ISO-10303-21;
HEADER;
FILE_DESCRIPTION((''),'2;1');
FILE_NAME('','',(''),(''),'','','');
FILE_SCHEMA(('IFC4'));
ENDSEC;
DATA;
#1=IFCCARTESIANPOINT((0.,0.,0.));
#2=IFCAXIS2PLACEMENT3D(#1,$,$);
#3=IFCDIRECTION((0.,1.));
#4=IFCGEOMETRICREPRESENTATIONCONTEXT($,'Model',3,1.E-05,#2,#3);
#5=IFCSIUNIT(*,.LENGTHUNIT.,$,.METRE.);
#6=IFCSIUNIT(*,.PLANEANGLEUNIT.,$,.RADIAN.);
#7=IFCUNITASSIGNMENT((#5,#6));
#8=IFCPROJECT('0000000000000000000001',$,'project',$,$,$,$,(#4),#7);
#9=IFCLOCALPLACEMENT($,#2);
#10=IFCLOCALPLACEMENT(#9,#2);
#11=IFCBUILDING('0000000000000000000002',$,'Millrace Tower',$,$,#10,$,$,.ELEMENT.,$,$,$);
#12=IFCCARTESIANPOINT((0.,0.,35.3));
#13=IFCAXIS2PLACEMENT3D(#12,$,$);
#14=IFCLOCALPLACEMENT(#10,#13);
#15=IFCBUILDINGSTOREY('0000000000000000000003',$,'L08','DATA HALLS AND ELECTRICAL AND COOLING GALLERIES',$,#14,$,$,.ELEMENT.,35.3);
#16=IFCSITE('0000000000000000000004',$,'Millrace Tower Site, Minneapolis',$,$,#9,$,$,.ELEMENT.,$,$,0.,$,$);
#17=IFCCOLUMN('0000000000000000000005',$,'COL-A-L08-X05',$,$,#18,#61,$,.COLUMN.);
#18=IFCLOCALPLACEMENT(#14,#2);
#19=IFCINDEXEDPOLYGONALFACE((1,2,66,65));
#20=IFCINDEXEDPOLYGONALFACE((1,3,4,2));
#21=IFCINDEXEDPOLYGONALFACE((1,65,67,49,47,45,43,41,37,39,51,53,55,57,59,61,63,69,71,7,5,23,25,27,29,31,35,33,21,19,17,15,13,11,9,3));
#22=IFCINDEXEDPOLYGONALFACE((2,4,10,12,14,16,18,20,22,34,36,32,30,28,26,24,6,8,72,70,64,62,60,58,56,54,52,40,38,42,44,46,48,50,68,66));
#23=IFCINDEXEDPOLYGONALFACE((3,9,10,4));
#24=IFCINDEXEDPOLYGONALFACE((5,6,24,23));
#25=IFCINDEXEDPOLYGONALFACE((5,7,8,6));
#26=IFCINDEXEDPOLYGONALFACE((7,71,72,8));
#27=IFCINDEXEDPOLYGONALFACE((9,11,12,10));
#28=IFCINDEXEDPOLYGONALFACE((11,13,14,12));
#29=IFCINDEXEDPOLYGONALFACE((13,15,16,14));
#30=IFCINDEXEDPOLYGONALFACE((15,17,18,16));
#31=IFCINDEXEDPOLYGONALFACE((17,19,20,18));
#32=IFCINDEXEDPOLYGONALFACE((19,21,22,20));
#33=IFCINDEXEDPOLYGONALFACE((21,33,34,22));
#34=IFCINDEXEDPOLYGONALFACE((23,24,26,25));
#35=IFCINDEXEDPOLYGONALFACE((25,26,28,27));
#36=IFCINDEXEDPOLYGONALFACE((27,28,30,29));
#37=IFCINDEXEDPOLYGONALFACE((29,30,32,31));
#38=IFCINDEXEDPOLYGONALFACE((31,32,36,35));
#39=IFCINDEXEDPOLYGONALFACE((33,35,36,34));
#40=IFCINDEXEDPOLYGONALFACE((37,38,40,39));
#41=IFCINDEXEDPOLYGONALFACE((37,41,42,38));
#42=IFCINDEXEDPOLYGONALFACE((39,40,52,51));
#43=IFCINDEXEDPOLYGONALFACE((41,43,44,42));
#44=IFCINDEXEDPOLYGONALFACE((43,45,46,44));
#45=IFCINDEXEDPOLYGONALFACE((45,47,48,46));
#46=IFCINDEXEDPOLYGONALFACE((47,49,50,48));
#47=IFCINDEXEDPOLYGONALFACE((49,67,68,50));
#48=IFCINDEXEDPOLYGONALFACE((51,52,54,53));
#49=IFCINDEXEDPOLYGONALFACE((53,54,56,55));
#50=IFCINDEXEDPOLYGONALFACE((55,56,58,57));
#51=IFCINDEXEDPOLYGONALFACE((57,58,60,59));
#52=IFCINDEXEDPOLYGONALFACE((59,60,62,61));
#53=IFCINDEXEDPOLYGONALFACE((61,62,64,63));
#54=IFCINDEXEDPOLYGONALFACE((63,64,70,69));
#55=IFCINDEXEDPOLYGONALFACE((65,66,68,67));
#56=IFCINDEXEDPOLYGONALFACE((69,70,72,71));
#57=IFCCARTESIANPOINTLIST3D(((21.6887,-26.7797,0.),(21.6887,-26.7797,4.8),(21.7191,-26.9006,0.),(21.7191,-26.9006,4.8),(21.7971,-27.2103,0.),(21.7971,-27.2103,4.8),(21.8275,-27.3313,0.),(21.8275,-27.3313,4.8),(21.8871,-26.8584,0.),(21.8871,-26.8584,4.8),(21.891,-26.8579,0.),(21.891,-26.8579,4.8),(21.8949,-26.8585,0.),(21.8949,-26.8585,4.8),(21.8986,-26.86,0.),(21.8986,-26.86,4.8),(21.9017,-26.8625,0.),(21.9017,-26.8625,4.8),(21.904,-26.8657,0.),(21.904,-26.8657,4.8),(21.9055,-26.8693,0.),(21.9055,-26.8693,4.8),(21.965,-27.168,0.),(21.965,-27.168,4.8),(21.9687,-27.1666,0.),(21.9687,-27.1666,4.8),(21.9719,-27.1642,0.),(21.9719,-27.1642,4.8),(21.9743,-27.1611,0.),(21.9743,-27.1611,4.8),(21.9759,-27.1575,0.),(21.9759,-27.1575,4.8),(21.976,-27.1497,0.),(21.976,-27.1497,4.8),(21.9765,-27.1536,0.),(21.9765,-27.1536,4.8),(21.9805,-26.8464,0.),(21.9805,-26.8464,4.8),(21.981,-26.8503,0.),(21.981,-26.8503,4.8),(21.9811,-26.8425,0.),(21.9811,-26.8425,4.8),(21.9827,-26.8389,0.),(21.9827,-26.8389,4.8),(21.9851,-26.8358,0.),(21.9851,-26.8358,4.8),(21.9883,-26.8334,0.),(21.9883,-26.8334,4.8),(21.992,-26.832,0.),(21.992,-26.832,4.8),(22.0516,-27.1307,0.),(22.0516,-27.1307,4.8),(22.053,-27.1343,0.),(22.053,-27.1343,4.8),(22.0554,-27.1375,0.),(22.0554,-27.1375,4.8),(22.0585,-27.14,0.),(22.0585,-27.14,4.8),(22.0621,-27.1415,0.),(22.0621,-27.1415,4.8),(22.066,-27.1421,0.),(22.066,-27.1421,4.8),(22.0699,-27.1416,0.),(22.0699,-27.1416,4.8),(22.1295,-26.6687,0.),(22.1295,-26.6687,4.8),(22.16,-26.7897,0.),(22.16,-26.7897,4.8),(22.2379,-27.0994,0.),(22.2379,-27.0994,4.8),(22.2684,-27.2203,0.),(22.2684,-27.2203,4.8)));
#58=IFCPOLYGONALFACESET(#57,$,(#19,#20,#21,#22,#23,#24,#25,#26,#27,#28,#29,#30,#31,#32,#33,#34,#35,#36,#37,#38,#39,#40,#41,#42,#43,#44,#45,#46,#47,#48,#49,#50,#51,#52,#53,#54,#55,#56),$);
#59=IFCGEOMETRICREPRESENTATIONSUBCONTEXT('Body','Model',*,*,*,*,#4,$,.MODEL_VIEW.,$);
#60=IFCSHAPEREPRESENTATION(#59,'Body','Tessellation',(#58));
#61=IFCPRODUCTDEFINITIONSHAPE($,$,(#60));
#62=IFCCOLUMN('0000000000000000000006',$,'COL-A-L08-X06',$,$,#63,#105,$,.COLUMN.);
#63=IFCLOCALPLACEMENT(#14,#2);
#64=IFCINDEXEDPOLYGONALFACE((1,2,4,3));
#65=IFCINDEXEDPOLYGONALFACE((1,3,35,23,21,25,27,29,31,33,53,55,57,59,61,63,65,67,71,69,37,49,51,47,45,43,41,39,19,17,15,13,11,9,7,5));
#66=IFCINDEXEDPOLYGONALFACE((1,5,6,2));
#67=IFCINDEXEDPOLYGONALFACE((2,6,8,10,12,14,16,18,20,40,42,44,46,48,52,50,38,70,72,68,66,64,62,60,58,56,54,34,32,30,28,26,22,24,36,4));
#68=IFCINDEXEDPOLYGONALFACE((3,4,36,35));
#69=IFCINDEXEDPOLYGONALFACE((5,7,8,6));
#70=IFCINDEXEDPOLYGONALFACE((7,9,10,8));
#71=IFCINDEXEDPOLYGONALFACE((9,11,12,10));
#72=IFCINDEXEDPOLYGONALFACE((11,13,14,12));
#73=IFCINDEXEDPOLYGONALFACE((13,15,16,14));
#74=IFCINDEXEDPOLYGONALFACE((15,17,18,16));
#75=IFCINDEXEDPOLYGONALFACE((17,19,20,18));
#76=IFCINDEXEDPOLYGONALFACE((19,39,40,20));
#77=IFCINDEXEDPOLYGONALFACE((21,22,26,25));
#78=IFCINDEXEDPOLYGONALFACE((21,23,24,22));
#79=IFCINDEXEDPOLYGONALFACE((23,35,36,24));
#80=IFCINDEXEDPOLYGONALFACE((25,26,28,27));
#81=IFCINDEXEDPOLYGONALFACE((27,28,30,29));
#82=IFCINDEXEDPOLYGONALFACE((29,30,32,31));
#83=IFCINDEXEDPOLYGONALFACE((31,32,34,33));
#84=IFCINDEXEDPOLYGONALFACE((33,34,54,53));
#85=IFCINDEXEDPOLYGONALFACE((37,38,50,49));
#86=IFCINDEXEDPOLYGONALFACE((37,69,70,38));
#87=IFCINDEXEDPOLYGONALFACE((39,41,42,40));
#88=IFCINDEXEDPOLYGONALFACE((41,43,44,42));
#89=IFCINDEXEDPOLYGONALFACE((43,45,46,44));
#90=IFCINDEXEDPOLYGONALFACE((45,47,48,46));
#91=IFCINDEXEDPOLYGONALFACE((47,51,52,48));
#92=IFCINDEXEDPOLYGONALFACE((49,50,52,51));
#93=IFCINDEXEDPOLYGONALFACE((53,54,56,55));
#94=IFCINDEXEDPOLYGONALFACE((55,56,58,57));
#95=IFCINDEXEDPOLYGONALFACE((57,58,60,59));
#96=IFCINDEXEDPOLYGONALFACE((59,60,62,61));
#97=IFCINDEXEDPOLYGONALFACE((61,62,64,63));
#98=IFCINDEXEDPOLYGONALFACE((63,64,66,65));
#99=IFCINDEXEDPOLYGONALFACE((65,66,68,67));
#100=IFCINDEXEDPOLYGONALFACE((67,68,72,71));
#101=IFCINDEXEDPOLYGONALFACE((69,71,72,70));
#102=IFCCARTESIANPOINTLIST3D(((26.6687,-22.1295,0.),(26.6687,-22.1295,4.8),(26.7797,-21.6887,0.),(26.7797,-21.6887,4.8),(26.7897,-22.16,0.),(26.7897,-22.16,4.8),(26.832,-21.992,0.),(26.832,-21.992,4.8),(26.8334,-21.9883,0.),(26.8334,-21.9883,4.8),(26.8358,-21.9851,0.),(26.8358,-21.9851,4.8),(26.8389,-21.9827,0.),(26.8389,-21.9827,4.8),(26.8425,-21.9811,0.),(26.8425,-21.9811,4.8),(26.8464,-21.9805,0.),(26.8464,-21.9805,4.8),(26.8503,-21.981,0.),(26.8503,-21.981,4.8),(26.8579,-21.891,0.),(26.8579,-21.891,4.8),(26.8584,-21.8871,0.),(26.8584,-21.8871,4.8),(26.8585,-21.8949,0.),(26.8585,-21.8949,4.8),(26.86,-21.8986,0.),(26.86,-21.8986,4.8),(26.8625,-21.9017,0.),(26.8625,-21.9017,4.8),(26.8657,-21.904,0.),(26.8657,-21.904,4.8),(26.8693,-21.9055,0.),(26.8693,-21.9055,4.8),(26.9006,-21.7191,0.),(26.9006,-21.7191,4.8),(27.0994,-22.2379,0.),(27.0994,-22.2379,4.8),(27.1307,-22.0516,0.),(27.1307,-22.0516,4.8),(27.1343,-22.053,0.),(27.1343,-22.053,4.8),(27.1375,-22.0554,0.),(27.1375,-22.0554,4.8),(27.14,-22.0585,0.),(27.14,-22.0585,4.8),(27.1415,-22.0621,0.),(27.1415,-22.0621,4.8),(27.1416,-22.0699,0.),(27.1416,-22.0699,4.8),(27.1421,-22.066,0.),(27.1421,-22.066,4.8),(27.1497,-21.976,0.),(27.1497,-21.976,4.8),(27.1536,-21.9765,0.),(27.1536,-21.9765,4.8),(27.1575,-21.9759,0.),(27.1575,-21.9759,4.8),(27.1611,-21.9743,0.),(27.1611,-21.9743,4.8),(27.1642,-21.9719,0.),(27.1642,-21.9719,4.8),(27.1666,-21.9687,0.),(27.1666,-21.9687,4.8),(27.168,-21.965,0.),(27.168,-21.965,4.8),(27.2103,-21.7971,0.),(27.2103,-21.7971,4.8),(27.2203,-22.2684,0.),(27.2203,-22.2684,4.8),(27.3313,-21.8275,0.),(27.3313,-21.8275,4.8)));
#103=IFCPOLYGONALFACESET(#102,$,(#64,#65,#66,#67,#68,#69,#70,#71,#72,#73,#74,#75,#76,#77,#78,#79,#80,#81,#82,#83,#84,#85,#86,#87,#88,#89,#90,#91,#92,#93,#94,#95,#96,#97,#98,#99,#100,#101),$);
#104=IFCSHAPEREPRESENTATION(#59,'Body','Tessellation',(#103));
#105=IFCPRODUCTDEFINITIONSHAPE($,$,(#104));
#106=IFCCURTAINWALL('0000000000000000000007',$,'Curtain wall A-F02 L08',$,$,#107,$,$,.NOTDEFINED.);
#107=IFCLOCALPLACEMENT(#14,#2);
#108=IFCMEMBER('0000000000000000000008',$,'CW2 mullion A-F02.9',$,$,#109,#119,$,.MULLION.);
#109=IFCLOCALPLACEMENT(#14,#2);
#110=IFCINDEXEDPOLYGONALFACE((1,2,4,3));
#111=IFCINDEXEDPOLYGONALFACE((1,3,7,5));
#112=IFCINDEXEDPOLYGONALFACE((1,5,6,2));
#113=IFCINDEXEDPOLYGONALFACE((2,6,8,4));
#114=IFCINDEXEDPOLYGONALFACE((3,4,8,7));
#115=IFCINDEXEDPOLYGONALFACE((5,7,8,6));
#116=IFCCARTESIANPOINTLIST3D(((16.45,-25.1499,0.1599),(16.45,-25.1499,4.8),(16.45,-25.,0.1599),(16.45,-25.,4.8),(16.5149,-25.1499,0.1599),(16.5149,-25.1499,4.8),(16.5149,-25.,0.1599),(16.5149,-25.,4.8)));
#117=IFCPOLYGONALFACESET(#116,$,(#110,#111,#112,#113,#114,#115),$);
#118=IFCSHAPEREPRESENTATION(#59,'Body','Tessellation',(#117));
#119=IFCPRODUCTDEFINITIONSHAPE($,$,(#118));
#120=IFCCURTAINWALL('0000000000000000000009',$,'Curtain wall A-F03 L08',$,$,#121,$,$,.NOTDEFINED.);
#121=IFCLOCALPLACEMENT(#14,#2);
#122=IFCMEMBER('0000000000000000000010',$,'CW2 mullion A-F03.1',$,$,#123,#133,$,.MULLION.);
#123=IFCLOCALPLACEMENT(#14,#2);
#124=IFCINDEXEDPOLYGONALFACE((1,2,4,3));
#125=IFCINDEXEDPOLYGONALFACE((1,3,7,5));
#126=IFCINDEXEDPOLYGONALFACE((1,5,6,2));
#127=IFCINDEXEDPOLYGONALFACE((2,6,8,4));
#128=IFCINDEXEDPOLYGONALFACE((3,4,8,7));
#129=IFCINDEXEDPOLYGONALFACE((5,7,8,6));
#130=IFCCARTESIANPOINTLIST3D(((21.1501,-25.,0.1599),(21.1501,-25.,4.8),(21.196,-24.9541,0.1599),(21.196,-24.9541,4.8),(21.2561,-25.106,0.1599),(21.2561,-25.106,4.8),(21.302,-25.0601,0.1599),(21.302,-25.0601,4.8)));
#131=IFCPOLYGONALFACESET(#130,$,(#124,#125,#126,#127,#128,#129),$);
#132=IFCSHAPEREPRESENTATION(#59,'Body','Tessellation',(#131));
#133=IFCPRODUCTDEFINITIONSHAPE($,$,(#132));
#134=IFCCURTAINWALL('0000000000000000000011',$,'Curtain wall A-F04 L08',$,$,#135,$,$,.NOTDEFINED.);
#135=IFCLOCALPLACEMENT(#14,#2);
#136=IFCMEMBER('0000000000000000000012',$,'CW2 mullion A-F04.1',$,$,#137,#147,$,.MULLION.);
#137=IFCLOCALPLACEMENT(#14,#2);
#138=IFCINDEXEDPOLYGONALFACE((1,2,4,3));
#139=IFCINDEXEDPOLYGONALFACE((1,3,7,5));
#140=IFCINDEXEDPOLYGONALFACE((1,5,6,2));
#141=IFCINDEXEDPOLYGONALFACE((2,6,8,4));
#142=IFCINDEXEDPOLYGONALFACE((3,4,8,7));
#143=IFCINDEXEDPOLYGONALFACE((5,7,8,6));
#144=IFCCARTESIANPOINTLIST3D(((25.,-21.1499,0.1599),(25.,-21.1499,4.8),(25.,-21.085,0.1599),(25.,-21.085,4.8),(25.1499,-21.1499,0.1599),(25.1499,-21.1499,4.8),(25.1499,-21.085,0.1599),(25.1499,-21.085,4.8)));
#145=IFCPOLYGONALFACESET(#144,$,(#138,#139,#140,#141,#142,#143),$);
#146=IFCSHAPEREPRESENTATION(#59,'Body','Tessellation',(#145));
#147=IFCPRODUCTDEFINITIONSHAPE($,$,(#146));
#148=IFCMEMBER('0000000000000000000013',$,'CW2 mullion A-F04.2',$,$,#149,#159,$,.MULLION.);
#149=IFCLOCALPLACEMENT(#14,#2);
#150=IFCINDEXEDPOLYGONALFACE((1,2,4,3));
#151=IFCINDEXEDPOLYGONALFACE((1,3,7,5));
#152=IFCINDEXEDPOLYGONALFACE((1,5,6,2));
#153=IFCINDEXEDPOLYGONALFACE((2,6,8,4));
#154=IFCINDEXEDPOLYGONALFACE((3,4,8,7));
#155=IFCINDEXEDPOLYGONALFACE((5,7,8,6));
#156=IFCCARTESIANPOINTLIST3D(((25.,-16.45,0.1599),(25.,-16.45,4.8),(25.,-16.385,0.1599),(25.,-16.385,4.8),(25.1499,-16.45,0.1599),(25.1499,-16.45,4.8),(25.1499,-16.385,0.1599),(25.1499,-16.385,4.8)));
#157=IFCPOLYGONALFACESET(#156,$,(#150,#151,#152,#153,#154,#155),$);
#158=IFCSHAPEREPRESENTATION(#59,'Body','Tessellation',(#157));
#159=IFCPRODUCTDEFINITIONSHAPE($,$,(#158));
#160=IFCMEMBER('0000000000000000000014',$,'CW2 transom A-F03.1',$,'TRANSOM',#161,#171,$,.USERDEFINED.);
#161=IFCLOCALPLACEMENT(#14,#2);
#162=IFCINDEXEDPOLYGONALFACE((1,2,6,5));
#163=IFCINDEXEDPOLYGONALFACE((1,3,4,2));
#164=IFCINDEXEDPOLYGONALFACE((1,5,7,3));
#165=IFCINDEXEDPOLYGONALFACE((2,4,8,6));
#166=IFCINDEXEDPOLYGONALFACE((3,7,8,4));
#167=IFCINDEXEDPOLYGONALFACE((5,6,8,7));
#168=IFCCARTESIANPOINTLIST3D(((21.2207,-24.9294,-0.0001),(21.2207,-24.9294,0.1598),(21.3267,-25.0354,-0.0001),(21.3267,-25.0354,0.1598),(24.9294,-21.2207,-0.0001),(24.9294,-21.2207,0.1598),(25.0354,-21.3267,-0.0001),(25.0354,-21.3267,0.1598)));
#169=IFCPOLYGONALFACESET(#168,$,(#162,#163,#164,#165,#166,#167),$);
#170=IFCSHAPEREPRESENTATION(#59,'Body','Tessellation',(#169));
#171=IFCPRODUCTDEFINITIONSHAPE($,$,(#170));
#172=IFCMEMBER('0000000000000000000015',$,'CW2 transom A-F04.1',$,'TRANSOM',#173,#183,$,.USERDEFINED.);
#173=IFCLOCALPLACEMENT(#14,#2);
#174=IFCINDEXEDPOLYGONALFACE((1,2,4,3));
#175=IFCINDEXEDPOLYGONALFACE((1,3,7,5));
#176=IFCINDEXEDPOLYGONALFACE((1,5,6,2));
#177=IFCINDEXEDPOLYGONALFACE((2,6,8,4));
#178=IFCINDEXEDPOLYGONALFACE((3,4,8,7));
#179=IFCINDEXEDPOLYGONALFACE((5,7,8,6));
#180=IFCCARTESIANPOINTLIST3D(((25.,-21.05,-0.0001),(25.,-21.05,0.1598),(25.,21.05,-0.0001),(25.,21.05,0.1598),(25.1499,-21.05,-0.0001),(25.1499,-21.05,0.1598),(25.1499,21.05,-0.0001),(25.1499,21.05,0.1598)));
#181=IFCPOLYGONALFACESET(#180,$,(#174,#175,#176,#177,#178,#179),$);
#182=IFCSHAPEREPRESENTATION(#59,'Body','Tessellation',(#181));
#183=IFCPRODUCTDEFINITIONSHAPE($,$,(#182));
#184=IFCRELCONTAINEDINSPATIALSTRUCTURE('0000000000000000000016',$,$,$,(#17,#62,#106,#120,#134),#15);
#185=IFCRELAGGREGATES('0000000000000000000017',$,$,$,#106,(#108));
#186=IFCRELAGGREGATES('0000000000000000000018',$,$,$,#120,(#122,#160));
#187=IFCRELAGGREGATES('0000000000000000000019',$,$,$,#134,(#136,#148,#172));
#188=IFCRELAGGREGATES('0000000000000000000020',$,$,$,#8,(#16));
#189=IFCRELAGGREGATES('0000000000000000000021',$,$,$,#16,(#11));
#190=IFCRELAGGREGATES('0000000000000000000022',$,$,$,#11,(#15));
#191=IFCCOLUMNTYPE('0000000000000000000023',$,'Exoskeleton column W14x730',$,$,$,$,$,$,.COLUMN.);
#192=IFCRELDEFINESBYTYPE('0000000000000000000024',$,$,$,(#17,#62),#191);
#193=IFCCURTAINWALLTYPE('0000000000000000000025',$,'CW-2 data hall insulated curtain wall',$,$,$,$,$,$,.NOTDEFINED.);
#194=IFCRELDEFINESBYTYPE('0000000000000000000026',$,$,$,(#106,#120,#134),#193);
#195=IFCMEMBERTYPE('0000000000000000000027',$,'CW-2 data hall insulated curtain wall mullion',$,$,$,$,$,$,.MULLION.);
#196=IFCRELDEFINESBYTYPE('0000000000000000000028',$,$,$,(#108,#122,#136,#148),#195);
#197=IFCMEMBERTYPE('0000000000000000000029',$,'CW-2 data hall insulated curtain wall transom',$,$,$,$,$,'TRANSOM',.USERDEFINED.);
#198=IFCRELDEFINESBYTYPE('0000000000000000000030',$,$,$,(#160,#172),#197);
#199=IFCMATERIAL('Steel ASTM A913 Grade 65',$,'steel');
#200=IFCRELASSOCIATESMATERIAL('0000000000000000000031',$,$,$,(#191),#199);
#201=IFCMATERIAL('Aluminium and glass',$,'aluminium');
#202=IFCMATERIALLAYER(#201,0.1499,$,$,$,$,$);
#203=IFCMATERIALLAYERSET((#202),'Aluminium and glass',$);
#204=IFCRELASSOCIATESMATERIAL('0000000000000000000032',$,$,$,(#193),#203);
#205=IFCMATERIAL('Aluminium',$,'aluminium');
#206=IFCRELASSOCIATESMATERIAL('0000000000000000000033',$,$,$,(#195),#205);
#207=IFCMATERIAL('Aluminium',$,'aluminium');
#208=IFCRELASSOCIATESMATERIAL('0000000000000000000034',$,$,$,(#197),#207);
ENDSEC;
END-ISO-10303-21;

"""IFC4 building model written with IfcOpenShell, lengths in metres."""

from ifc_helpers import new_model, si_unit, direction, frame, origin, origin_2d, place, context, subcontext, project, spatial, rectangle, i_section, extrude, material, layer, layer_set, material_profile, profile_set, type_object, element, aggregate, save


model = new_model("IFC4")

# Units and contexts
model_context = context("Model", 3, precision=1e-05, world=origin(), true_north=direction((0.0, 1.0)))
body_context = subcontext(model_context, "Body", "Model", "MODEL_VIEW")
ifc_project = project(units=[si_unit("LENGTHUNIT", "METRE"), si_unit("PLANEANGLEUNIT", "RADIAN")], contexts=[model_context])

# Site, building, storey
site_placement = place(None, origin())
site = spatial("IfcSite", under=ifc_project, at=site_placement, Name="Millrace Tower Site, Minneapolis", CompositionType="ELEMENT", RefElevation=0.0)
building_placement = place(site_placement, origin())
building = spatial("IfcBuilding", under=site, at=building_placement, Name="Millrace Tower", CompositionType="ELEMENT")
storey_placement = place(building_placement, frame((0.0, 0.0, 35.3)))
storey = spatial("IfcBuildingStorey", under=building, at=storey_placement, Name="L08", Description="DATA HALLS AND ELECTRICAL AND COOLING GALLERIES", CompositionType="ELEMENT", Elevation=35.3)

# Columns
ifc_material_1 = material(Name="Steel ASTM A913 Grade 65", Category="steel")
ifc_material_profile_1 = material_profile(ifc_material_1, i_section(OverallWidth=0.4546, OverallDepth=0.5688, WebThickness=0.0779, FlangeThickness=0.1248, FilletRadius=0.0151, at=origin_2d()))
ifc_profile_set_1 = profile_set([ifc_material_profile_1], Name="Steel ASTM A913 Grade 65")
column_type = type_object("IfcColumnType", Name="Exoskeleton column W14x730", PredefinedType="COLUMN", material=ifc_profile_set_1)
for number, where, z_axis, x_axis, name in (
    (1, (21.9785, -27.0, 0.0), (0.0, 0.0, 1.0), (0.969752, 0.244094, 0.0), "COL-A-L08-X05"),
    (2, (27.0, -21.9785, 0.0), (0.0, 0.0, 1.0), (0.244094, 0.969752, 0.0), "COL-A-L08-X06"),
):
    element("IfcColumn", number, at=place(storey_placement, frame(where, z_axis=z_axis, x_axis=x_axis)), inside=storey, type_object=column_type, Name=name, PredefinedType="COLUMN", context=body_context, shape_type="SweptSolid", body=[
        extrude(i_section(OverallWidth=0.4546, OverallDepth=0.5688, WebThickness=0.0779, FlangeThickness=0.1248, FilletRadius=0.0151, at=origin_2d()), origin(), (0.0, 0.0, 1.0), 4.8),
    ])

# Curtain walls, members
ifc_material_2 = material(Name="Aluminium and glass", Category="aluminium")
ifc_layer_1 = layer(ifc_material_2, 0.1499)
ifc_layer_set_1 = layer_set([ifc_layer_1], Name="Aluminium and glass")
curtain_wall_type = type_object("IfcCurtainWallType", Name="CW-2 data hall insulated curtain wall", PredefinedType="NOTDEFINED", material=ifc_layer_set_1)
placement = place(storey_placement, origin())
curtain_wall_1 = element("IfcCurtainWall", 3, at=placement, inside=storey, type_object=curtain_wall_type, Name="Curtain wall A-F02 L08", PredefinedType="NOTDEFINED")
ifc_material_3 = material(Name="Aluminium", Category="aluminium")
ifc_material_profile_2 = material_profile(ifc_material_3, rectangle(XDim=0.0649, YDim=0.1499, at=origin_2d()))
ifc_profile_set_2 = profile_set([ifc_material_profile_2], Name="Aluminium")
member_type_1 = type_object("IfcMemberType", Name="CW-2 data hall insulated curtain wall mullion", PredefinedType="MULLION", material=ifc_profile_set_2)
member_1_placement = place(storey_placement, frame((16.4824, -25.075, 0.1599), z_axis=(0.0, 0.0, 1.0), x_axis=(1.0, 0.0, 0.0)))
member_1 = element("IfcMember", 4, at=member_1_placement, type_object=member_type_1, Name="CW2 mullion A-F02.9", PredefinedType="MULLION", context=body_context, shape_type="SweptSolid", body=[
    extrude(rectangle(XDim=0.0649, YDim=0.1499, at=origin_2d()), origin(), (0.0, 0.0, 1.0), 4.6401),
])
aggregate(curtain_wall_1, [member_1])
curtain_wall_2 = element("IfcCurtainWall", 5, at=placement, inside=storey, type_object=curtain_wall_type, Name="Curtain wall A-F03 L08", PredefinedType="NOTDEFINED")
member_2_placement = place(storey_placement, frame((21.2261, -25.03, 0.1599), z_axis=(0.0, 0.0, 1.0), x_axis=(0.707107, 0.707107, 0.0)))
member_2 = element("IfcMember", 6, at=member_2_placement, type_object=member_type_1, Name="CW2 mullion A-F03.1", PredefinedType="MULLION", context=body_context, shape_type="SweptSolid", body=[
    extrude(rectangle(XDim=0.0649, YDim=0.1499, at=origin_2d()), origin(), (0.0, 0.0, 1.0), 4.6401),
])

# Curtain wall, members
curtain_wall_3 = element("IfcCurtainWall", 7, at=placement, inside=storey, type_object=curtain_wall_type, Name="Curtain wall A-F04 L08", PredefinedType="NOTDEFINED")
member_3_placement = place(storey_placement, frame((25.075, -21.1174, 0.1599), z_axis=(0.0, 0.0, 1.0), x_axis=(0.0, 1.0, 0.0)))
member_3 = element("IfcMember", 8, at=member_3_placement, type_object=member_type_1, Name="CW2 mullion A-F04.1", PredefinedType="MULLION", context=body_context, shape_type="SweptSolid", body=[
    extrude(rectangle(XDim=0.0649, YDim=0.1499, at=origin_2d()), origin(), (0.0, 0.0, 1.0), 4.6401),
])
member_4_placement = place(storey_placement, frame((25.075, -16.4175, 0.1599), z_axis=(0.0, 0.0, 1.0), x_axis=(0.0, 1.0, 0.0)))
member_4 = element("IfcMember", 9, at=member_4_placement, type_object=member_type_1, Name="CW2 mullion A-F04.2", PredefinedType="MULLION", context=body_context, shape_type="SweptSolid", body=[
    extrude(rectangle(XDim=0.0649, YDim=0.1499, at=origin_2d()), origin(), (0.0, 0.0, 1.0), 4.6401),
])

# Members
ifc_material_4 = material(Name="Aluminium", Category="aluminium")
ifc_material_profile_3 = material_profile(ifc_material_4, rectangle(XDim=0.1499, YDim=0.1599, at=origin_2d()))
ifc_profile_set_3 = profile_set([ifc_material_profile_3], Name="Aluminium")
member_type_2 = type_object("IfcMemberType", Name="CW-2 data hall insulated curtain wall transom", ElementType="TRANSOM", PredefinedType="USERDEFINED", material=ifc_profile_set_3)
member_5_placement = place(storey_placement, frame((21.2737, -24.9824, 0.0798), z_axis=(0.707107, 0.707107, 0.0), x_axis=(-0.707107, 0.707107, 0.0)))
member_5 = element("IfcMember", 10, at=member_5_placement, type_object=member_type_2, Name="CW2 transom A-F03.1", ObjectType="TRANSOM", PredefinedType="USERDEFINED", context=body_context, shape_type="SweptSolid", body=[
    extrude(rectangle(XDim=0.1499, YDim=0.1599, at=origin_2d()), origin(), (0.0, 0.0, 1.0), 5.2449),
])
aggregate(curtain_wall_2, [member_2, member_5])
member_6_placement = place(storey_placement, frame((25.075, -21.05, 0.0798), z_axis=(0.0, 1.0, 0.0), x_axis=(-1.0, 0.0, 0.0)))
member_6 = element("IfcMember", 11, at=member_6_placement, type_object=member_type_2, Name="CW2 transom A-F04.1", ObjectType="TRANSOM", PredefinedType="USERDEFINED", context=body_context, shape_type="SweptSolid", body=[
    extrude(rectangle(XDim=0.1499, YDim=0.1599, at=origin_2d()), origin(), (0.0, 0.0, 1.0), 42.1001),
])
aggregate(curtain_wall_3, [member_3, member_4, member_6])

save(model, "model.ifc")
